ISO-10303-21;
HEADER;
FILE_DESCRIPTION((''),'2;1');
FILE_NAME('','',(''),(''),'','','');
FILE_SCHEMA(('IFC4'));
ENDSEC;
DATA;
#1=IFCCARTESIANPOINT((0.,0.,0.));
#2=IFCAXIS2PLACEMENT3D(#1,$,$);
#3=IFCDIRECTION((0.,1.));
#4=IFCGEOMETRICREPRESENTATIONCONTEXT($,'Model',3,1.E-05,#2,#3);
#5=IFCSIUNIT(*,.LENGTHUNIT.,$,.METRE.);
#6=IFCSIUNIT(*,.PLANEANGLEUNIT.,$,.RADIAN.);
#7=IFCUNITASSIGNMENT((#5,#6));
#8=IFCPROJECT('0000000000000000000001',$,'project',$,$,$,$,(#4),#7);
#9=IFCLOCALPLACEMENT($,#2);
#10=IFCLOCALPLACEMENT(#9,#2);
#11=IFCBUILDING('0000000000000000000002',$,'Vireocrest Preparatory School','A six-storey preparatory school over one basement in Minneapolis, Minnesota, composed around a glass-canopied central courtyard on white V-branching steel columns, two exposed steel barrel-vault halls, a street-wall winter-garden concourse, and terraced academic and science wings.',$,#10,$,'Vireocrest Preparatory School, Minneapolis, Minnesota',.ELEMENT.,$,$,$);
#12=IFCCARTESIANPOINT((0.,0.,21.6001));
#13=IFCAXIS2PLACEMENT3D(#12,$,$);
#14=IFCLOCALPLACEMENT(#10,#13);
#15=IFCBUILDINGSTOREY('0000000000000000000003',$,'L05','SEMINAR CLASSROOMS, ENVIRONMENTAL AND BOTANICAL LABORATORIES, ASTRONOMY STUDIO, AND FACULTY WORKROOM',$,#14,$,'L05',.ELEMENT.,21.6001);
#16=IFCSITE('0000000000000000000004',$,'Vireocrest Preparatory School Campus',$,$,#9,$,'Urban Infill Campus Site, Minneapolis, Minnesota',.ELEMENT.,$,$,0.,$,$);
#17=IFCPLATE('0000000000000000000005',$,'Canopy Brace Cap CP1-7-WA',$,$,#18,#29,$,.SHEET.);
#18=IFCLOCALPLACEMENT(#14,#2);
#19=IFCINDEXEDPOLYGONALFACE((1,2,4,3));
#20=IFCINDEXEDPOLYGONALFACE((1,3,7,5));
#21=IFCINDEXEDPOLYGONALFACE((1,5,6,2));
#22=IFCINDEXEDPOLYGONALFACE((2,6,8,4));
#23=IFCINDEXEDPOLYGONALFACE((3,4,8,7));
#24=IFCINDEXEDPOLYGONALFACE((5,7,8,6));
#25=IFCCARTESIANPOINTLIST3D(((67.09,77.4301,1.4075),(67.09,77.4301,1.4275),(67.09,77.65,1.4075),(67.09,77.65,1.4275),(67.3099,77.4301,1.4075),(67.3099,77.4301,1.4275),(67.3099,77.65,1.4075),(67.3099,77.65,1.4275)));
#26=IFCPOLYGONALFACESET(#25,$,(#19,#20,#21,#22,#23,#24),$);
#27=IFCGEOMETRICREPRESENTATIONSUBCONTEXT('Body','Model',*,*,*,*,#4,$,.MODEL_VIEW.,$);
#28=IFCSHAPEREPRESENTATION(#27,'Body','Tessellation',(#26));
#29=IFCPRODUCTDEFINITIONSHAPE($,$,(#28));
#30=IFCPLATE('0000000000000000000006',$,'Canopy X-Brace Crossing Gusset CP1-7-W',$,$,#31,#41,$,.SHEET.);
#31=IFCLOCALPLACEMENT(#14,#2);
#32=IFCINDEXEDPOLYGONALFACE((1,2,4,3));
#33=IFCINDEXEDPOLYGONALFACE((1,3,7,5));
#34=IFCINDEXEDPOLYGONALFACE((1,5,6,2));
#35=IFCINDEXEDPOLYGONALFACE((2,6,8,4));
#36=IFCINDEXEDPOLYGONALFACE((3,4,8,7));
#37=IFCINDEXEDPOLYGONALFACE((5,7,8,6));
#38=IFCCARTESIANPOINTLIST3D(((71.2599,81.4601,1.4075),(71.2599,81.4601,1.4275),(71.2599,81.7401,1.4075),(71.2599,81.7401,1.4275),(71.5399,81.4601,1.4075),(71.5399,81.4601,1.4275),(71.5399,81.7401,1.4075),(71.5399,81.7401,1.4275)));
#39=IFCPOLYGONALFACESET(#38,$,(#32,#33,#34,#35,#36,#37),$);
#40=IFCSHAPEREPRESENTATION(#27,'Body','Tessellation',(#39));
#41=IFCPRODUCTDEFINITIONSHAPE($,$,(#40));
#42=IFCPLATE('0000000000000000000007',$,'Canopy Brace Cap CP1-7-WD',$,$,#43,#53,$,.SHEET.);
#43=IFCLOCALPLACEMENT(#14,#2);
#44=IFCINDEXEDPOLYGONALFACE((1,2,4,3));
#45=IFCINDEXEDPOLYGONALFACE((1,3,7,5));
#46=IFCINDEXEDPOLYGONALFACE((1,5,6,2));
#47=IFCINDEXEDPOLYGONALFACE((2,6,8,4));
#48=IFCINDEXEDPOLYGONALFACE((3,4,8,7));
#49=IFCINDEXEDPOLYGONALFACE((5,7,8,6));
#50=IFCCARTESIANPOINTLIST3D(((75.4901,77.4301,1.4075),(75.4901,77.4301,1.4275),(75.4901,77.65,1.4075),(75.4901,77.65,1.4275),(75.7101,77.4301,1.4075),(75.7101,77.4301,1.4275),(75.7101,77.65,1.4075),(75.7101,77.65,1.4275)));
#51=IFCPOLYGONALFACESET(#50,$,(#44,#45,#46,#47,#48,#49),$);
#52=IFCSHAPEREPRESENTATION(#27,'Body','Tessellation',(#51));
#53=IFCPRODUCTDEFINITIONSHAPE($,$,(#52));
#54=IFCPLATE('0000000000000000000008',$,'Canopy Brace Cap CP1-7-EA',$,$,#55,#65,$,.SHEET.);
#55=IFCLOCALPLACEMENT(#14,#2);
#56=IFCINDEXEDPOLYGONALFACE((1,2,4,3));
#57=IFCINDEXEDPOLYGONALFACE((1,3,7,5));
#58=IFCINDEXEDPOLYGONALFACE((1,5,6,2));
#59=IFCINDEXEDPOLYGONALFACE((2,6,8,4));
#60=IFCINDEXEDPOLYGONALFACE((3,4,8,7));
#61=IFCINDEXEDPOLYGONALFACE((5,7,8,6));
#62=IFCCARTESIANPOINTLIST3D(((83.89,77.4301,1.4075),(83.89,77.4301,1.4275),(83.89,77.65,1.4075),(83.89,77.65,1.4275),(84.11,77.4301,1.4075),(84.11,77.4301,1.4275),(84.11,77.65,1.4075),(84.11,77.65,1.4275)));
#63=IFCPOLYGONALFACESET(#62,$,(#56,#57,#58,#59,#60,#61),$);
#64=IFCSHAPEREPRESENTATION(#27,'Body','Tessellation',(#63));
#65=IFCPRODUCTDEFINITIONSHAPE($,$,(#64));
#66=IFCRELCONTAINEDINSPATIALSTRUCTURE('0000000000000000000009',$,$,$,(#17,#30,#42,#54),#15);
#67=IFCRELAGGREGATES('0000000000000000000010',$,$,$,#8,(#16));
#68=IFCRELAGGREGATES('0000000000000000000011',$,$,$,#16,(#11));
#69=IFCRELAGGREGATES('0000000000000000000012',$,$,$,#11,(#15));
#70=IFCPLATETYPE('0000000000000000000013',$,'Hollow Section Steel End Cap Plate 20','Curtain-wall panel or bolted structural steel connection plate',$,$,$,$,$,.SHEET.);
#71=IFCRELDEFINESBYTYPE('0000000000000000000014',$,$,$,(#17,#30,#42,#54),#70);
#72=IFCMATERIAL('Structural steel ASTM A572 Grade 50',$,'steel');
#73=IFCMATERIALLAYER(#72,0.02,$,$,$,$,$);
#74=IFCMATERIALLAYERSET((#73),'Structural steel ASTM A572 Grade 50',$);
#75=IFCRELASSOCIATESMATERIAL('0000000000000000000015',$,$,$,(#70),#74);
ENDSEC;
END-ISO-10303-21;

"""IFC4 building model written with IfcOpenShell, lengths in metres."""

from ifc_helpers import new_model, si_unit, direction, frame, origin, origin_2d, place, context, subcontext, project, spatial, rectangle, extrude, material, layer, layer_set, type_object, element, save


model = new_model("IFC4")

# Units and contexts
model_context = context("Model", 3, precision=1e-05, world=origin(), true_north=direction((0.0, 1.0)))
body_context = subcontext(model_context, "Body", "Model", "MODEL_VIEW")
ifc_project = project(units=[si_unit("LENGTHUNIT", "METRE"), si_unit("PLANEANGLEUNIT", "RADIAN")], contexts=[model_context])

# Site, building, storey
site_placement = place(None, origin())
site = spatial("IfcSite", under=ifc_project, at=site_placement, Name="Vireocrest Preparatory School Campus", LongName="Urban Infill Campus Site, Minneapolis, Minnesota", CompositionType="ELEMENT", RefElevation=0.0)
building_placement = place(site_placement, origin())
building = spatial("IfcBuilding", under=site, at=building_placement, Name="Vireocrest Preparatory School", Description="A six-storey preparatory school over one basement in Minneapolis, Minnesota, composed around a glass-canopied central courtyard on white V-branching steel columns, two exposed steel barrel-vault halls, a street-wall winter-garden concourse, and terraced academic and science wings.", LongName="Vireocrest Preparatory School, Minneapolis, Minnesota", CompositionType="ELEMENT")
storey_placement = place(building_placement, frame((0.0, 0.0, 21.6001)))
storey = spatial("IfcBuildingStorey", under=building, at=storey_placement, Name="L05", Description="SEMINAR CLASSROOMS, ENVIRONMENTAL AND BOTANICAL LABORATORIES, ASTRONOMY STUDIO, AND FACULTY WORKROOM", LongName="L05", CompositionType="ELEMENT", Elevation=21.6001)

# Plates
ifc_material_1 = material(Name="Structural steel ASTM A572 Grade 50", Category="steel")
ifc_layer_1 = layer(ifc_material_1, 0.02)
ifc_layer_set_1 = layer_set([ifc_layer_1], Name="Structural steel ASTM A572 Grade 50")
plate_type_1 = type_object("IfcPlateType", Name="Hollow Section Steel End Cap Plate 20", Description="Curtain-wall panel or bolted structural steel connection plate", PredefinedType="SHEET", material=ifc_layer_set_1)
plate_1_placement = place(storey_placement, frame((67.2, 77.54, 1.4075), z_axis=(0.0, 0.0, 1.0), x_axis=(1.0, 0.0, 0.0)))
element("IfcPlate", 1, at=plate_1_placement, inside=storey, type_object=plate_type_1, Name="Canopy Brace Cap CP1-7-WA", PredefinedType="SHEET", context=body_context, shape_type="SweptSolid", body=[
    extrude(rectangle(XDim=0.22, YDim=0.22, at=origin_2d()), origin(), (0.0, 0.0, 1.0), 0.02),
])
plate_2_placement = place(storey_placement, frame((71.3999, 81.6001, 1.4075), z_axis=(0.0, 0.0, 1.0), x_axis=(1.0, 0.0, 0.0)))
element("IfcPlate", 2, at=plate_2_placement, inside=storey, type_object=plate_type_1, Name="Canopy X-Brace Crossing Gusset CP1-7-W", PredefinedType="SHEET", context=body_context, shape_type="SweptSolid", body=[
    extrude(rectangle(XDim=0.28, YDim=0.28, at=origin_2d()), origin(), (0.0, 0.0, 1.0), 0.02),
])
for number, where, z_axis, x_axis, name in (
    (3, (75.6001, 77.54, 1.4075), (0.0, 0.0, 1.0), (1.0, 0.0, 0.0), "Canopy Brace Cap CP1-7-WD"),
    (4, (84.0, 77.54, 1.4075), (0.0, 0.0, 1.0), (1.0, 0.0, 0.0), "Canopy Brace Cap CP1-7-EA"),
):
    element("IfcPlate", number, at=place(storey_placement, frame(where, z_axis=z_axis, x_axis=x_axis)), inside=storey, type_object=plate_type_1, Name=name, PredefinedType="SHEET", context=body_context, shape_type="SweptSolid", body=[
        extrude(rectangle(XDim=0.22, YDim=0.22, at=origin_2d()), origin(), (0.0, 0.0, 1.0), 0.02),
    ])

save(model, "model.ifc")
